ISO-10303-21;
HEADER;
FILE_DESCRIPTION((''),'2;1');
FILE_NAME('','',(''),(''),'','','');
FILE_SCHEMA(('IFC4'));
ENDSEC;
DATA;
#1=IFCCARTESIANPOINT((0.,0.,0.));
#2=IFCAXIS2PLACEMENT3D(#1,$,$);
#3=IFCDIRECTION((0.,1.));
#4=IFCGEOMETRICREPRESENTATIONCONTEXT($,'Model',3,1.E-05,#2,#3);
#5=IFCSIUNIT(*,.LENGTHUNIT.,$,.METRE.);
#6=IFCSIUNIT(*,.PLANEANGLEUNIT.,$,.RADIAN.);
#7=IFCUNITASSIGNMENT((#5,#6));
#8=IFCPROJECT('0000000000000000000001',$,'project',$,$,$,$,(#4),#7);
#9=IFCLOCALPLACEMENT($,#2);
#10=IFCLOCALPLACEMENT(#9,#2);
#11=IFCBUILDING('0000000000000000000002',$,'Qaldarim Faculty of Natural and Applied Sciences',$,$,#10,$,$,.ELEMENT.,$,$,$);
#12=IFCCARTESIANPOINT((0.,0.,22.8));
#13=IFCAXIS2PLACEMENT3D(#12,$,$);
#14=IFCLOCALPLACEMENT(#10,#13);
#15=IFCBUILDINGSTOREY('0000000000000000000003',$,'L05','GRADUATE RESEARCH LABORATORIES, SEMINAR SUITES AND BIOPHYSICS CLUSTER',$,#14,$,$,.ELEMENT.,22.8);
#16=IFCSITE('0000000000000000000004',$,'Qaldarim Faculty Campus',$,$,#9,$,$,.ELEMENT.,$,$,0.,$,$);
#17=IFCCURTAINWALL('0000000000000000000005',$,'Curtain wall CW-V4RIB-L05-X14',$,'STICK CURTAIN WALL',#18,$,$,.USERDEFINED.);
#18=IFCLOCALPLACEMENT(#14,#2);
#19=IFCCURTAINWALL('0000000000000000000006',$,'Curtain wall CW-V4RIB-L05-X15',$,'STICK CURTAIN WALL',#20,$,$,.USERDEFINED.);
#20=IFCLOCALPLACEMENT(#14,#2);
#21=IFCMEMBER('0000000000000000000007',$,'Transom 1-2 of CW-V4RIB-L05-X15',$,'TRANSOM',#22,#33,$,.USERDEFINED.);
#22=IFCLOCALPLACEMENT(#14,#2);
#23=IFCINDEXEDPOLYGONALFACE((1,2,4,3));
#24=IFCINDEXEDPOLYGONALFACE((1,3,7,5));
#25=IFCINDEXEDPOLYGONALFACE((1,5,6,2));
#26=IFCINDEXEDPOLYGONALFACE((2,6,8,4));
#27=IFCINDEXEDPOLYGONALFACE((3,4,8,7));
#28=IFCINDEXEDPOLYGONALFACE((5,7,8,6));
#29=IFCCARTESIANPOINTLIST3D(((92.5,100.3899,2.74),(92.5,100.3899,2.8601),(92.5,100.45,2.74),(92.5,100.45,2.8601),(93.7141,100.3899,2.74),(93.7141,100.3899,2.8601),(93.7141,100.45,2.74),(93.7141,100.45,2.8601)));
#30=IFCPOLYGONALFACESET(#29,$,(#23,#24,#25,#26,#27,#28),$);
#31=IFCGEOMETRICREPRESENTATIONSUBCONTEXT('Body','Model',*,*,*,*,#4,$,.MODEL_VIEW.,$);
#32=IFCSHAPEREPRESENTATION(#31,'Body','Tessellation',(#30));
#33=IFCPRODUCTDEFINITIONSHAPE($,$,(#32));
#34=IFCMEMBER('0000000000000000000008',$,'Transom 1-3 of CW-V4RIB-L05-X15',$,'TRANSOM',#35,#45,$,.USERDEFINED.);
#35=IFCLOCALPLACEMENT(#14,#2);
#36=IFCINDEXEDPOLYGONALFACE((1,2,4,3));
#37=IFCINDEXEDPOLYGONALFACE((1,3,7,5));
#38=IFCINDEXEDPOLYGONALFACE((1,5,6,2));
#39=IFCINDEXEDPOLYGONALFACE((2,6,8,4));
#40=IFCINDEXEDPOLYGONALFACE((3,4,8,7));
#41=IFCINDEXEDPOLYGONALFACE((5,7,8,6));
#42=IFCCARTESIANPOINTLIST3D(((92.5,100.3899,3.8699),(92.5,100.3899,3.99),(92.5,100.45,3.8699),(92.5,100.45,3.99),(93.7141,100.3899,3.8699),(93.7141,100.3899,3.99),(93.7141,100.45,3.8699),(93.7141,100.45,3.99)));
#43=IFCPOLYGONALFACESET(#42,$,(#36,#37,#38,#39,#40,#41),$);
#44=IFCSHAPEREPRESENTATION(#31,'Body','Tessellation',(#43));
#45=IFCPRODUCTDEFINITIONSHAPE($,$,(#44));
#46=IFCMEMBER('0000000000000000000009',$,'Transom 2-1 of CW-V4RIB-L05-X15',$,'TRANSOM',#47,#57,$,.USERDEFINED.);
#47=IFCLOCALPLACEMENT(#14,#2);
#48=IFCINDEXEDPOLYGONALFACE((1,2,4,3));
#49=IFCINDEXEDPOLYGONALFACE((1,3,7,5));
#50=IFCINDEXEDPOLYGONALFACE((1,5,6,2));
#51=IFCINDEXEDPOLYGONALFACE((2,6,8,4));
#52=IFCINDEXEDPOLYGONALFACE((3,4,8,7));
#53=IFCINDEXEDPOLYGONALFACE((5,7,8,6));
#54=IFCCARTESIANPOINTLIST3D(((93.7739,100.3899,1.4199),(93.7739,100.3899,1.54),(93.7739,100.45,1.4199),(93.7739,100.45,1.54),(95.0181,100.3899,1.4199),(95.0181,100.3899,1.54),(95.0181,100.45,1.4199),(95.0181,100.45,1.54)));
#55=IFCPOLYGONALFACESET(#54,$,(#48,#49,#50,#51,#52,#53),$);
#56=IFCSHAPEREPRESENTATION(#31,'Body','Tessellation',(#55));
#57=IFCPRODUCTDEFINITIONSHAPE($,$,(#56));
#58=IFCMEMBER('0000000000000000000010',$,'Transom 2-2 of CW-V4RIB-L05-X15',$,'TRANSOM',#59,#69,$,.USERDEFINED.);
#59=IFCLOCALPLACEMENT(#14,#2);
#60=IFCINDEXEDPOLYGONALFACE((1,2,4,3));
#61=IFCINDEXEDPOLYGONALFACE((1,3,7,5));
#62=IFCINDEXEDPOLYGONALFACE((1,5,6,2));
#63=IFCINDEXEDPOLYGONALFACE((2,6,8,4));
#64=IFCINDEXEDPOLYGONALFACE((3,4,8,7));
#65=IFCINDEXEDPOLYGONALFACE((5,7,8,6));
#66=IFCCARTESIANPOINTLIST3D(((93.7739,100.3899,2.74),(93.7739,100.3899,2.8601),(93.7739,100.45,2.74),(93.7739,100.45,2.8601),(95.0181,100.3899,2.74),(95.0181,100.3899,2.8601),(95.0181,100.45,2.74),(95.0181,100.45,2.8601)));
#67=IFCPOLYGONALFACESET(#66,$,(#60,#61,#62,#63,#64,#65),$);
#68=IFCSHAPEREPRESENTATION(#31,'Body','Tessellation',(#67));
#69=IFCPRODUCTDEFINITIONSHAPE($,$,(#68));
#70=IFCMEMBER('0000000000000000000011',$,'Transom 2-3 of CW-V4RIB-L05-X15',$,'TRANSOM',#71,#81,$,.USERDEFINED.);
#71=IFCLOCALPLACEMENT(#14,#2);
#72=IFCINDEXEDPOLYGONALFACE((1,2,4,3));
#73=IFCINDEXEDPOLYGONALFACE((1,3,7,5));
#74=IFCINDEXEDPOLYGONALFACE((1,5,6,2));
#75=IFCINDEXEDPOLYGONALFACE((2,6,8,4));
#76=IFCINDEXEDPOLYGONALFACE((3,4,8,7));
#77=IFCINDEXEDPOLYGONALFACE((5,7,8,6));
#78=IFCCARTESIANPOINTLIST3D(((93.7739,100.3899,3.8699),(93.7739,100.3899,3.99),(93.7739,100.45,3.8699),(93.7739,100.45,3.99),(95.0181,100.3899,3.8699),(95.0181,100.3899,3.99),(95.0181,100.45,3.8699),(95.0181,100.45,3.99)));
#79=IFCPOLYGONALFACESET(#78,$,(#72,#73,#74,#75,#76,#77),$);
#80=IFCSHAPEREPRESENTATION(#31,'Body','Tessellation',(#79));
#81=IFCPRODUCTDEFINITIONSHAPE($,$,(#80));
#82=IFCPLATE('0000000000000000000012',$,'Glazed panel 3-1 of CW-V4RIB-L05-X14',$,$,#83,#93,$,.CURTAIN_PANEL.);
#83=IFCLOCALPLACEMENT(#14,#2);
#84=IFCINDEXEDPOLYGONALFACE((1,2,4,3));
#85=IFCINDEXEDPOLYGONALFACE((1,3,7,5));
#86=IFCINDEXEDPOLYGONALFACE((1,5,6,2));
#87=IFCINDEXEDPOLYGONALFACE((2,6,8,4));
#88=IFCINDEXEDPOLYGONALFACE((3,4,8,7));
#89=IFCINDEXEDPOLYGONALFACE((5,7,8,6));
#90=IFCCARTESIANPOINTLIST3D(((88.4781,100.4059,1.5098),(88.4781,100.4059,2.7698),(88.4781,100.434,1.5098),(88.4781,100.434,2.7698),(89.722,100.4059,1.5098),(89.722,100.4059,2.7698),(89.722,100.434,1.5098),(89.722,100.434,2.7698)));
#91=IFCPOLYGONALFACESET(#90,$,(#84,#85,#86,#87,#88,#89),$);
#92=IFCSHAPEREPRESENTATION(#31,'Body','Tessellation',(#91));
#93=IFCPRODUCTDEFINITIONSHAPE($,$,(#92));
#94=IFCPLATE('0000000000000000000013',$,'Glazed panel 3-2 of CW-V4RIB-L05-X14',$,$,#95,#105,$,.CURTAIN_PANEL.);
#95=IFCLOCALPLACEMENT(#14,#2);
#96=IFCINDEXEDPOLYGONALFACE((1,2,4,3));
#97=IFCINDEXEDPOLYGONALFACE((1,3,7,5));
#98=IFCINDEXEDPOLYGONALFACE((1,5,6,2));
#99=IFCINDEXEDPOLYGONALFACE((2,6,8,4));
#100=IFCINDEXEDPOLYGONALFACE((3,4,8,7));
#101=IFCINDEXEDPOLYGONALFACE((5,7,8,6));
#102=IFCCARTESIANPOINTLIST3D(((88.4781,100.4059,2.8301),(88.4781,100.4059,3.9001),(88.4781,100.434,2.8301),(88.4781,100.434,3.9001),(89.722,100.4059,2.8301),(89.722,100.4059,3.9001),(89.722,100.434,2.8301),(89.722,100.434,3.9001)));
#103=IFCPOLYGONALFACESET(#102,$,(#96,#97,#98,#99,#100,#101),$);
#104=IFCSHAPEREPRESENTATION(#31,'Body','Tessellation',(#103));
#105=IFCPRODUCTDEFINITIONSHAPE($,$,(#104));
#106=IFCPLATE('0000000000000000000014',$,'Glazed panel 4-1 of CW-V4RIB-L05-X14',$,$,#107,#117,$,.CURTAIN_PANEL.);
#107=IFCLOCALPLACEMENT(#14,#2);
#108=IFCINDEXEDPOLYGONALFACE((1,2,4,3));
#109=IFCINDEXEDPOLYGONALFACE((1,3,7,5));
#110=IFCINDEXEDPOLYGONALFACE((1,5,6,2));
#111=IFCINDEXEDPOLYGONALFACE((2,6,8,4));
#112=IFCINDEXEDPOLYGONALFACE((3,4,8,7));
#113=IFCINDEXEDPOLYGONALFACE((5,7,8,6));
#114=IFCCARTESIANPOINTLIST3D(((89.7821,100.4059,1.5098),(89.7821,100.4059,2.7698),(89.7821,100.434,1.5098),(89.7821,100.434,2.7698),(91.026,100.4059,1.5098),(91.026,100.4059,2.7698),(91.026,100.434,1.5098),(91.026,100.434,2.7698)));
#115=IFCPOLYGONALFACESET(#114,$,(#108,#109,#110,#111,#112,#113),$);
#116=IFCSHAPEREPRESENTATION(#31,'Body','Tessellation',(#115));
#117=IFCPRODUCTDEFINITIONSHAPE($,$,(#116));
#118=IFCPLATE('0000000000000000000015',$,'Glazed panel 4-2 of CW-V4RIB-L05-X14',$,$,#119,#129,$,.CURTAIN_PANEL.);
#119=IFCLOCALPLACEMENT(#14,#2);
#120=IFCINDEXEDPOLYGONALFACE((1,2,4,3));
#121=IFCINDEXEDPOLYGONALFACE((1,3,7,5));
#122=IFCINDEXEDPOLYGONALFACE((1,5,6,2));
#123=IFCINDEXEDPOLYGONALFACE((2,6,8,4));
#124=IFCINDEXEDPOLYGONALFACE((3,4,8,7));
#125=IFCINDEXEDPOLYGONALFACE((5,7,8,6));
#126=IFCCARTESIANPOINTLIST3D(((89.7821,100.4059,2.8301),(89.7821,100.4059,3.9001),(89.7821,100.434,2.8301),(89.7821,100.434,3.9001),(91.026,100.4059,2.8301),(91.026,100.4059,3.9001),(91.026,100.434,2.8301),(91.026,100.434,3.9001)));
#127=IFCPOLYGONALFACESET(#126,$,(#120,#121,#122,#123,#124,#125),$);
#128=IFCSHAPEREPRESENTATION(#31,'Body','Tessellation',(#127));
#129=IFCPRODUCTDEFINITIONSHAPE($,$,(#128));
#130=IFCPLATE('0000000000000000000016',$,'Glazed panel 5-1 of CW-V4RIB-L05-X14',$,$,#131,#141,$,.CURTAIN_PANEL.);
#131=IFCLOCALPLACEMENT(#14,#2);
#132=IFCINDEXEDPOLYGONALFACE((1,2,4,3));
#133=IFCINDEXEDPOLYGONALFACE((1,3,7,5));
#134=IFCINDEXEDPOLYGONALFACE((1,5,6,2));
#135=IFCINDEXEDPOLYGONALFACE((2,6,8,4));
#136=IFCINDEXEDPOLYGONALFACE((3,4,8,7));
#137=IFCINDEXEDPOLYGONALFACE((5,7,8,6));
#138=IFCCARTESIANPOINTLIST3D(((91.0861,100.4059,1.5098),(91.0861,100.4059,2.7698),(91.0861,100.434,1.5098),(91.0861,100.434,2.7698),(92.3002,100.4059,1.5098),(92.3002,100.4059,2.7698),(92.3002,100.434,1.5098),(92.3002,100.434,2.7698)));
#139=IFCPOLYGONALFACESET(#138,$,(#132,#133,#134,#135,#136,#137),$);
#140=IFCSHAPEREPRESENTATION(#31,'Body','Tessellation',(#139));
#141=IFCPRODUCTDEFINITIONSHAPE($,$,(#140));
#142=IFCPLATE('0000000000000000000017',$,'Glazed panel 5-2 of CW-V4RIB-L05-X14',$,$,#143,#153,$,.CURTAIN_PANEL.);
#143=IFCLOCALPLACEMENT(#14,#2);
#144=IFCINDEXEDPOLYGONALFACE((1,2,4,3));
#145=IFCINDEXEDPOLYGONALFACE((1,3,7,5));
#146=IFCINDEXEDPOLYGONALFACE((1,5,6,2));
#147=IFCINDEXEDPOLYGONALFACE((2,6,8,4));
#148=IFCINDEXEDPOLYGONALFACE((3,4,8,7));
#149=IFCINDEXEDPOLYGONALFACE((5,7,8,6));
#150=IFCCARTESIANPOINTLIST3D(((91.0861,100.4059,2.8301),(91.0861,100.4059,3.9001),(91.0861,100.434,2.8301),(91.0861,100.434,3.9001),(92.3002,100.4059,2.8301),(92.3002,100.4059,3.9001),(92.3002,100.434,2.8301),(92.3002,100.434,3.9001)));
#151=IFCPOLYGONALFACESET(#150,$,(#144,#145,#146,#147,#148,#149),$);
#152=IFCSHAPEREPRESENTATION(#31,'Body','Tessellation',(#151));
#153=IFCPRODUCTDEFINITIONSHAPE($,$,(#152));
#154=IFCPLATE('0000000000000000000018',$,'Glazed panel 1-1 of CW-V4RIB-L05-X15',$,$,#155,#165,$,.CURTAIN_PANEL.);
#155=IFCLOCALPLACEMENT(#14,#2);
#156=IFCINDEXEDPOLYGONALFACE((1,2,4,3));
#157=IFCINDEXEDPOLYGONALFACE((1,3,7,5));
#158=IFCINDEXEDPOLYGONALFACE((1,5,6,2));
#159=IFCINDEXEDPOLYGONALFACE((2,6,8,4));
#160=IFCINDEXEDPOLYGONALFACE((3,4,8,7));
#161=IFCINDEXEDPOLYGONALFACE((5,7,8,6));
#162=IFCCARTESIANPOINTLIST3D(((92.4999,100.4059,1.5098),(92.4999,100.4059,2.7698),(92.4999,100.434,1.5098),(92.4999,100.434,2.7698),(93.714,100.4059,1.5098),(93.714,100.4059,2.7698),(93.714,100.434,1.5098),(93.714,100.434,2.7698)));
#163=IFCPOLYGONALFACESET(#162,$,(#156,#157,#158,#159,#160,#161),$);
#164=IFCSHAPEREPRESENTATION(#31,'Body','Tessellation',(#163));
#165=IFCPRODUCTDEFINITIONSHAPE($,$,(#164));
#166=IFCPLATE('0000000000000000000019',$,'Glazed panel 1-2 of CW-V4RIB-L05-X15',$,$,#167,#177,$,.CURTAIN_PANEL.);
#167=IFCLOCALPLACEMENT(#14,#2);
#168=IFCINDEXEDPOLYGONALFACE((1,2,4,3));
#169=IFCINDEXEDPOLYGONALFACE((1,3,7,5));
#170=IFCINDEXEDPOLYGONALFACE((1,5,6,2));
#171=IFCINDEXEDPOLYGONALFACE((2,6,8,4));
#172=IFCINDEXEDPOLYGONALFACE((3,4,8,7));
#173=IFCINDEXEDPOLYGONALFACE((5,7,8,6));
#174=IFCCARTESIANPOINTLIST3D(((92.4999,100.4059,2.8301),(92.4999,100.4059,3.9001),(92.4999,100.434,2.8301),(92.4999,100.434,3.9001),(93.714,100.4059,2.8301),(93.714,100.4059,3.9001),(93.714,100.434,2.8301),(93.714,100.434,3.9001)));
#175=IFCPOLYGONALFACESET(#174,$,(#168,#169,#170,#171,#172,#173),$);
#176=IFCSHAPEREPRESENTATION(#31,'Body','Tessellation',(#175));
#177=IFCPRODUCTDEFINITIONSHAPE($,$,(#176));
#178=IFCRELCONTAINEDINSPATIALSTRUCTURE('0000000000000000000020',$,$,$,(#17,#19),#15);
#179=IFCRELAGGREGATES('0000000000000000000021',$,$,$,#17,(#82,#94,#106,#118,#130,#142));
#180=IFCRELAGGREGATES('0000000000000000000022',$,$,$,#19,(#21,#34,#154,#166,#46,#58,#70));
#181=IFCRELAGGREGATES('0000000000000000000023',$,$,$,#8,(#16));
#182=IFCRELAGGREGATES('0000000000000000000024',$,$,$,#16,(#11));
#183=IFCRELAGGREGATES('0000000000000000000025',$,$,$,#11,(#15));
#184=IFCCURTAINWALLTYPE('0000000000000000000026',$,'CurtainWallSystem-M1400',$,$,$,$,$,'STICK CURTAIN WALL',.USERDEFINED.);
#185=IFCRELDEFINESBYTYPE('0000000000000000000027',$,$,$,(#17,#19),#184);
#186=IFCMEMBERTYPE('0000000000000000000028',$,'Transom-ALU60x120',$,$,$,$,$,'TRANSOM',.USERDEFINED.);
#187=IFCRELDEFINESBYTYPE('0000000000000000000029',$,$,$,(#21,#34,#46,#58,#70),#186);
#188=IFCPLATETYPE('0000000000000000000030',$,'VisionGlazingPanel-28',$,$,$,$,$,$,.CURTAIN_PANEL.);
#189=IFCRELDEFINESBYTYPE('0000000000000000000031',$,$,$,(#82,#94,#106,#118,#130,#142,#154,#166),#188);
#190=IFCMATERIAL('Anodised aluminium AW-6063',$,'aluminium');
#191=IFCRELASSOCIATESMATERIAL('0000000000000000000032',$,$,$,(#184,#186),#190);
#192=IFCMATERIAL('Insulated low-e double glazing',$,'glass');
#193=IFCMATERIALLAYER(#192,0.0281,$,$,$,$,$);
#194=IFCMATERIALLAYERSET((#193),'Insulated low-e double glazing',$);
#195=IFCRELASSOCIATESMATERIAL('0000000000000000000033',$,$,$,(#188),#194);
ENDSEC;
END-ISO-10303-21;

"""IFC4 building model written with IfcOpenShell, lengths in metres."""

from ifc_helpers import new_model, si_unit, direction, frame, origin, origin_2d, place, context, subcontext, project, spatial, rectangle, extrude, material, layer, layer_set, material_profile, profile_set, type_object, element, aggregate, save


model = new_model("IFC4")

# Units and contexts
model_context = context("Model", 3, precision=1e-05, world=origin(), true_north=direction((0.0, 1.0)))
body_context = subcontext(model_context, "Body", "Model", "MODEL_VIEW")
ifc_project = project(units=[si_unit("LENGTHUNIT", "METRE"), si_unit("PLANEANGLEUNIT", "RADIAN")], contexts=[model_context])

# Site, building, storey
site_placement = place(None, origin())
site = spatial("IfcSite", under=ifc_project, at=site_placement, Name="Qaldarim Faculty Campus", CompositionType="ELEMENT", RefElevation=0.0)
building_placement = place(site_placement, origin())
building = spatial("IfcBuilding", under=site, at=building_placement, Name="Qaldarim Faculty of Natural and Applied Sciences", CompositionType="ELEMENT")
storey_placement = place(building_placement, frame((0.0, 0.0, 22.8)))
storey = spatial("IfcBuildingStorey", under=building, at=storey_placement, Name="L05", Description="GRADUATE RESEARCH LABORATORIES, SEMINAR SUITES AND BIOPHYSICS CLUSTER", CompositionType="ELEMENT", Elevation=22.8)

# Curtain walls
ifc_material_1 = material(Name="Anodised aluminium AW-6063", Category="aluminium")
curtain_wall_type = type_object("IfcCurtainWallType", Name="CurtainWallSystem-M1400", ElementType="STICK CURTAIN WALL", PredefinedType="USERDEFINED", material=ifc_material_1)
curtain_wall_1_placement = place(storey_placement, origin())
curtain_wall_1 = element("IfcCurtainWall", 1, at=curtain_wall_1_placement, inside=storey, type_object=curtain_wall_type, Name="Curtain wall CW-V4RIB-L05-X14", ObjectType="STICK CURTAIN WALL", PredefinedType="USERDEFINED")
curtain_wall_2_placement = place(storey_placement, origin())
curtain_wall_2 = element("IfcCurtainWall", 2, at=curtain_wall_2_placement, inside=storey, type_object=curtain_wall_type, Name="Curtain wall CW-V4RIB-L05-X15", ObjectType="STICK CURTAIN WALL", PredefinedType="USERDEFINED")

# Members
ifc_material_profile_1 = material_profile(ifc_material_1, rectangle(XDim=0.0601, YDim=0.1201, at=origin_2d()), Name="ALU-T60x120")
ifc_profile_set_1 = profile_set([ifc_material_profile_1], Name="Anodised aluminium AW-6063")
member_type_1 = type_object("IfcMemberType", Name="Transom-ALU60x120", ElementType="TRANSOM", PredefinedType="USERDEFINED", material=ifc_profile_set_1)
member_1_placement = place(storey_placement, frame((92.5, 100.4199, 2.8), z_axis=(1.0, 0.0, 0.0), x_axis=(0.0, 1.0, 0.0)))
member_1 = element("IfcMember", 3, at=member_1_placement, type_object=member_type_1, Name="Transom 1-2 of CW-V4RIB-L05-X15", ObjectType="TRANSOM", PredefinedType="USERDEFINED", context=body_context, shape_type="SweptSolid", body=[
    extrude(rectangle(XDim=0.0601, YDim=0.1201, at=origin_2d()), origin(), (0.0, 0.0, 1.0), 1.2141),
])
member_2_placement = place(storey_placement, frame((92.5, 100.4199, 3.9299), z_axis=(1.0, 0.0, 0.0), x_axis=(0.0, 1.0, 0.0)))
member_2 = element("IfcMember", 4, at=member_2_placement, type_object=member_type_1, Name="Transom 1-3 of CW-V4RIB-L05-X15", ObjectType="TRANSOM", PredefinedType="USERDEFINED", context=body_context, shape_type="SweptSolid", body=[
    extrude(rectangle(XDim=0.0601, YDim=0.1201, at=origin_2d()), origin(), (0.0, 0.0, 1.0), 1.2141),
])
member_3_placement = place(storey_placement, frame((93.7739, 100.4199, 1.48), z_axis=(1.0, 0.0, 0.0), x_axis=(0.0, 1.0, 0.0)))
member_3 = element("IfcMember", 5, at=member_3_placement, type_object=member_type_1, Name="Transom 2-1 of CW-V4RIB-L05-X15", ObjectType="TRANSOM", PredefinedType="USERDEFINED", context=body_context, shape_type="SweptSolid", body=[
    extrude(rectangle(XDim=0.0601, YDim=0.1201, at=origin_2d()), origin(), (0.0, 0.0, 1.0), 1.2441),
])
member_4_placement = place(storey_placement, frame((93.7739, 100.4199, 2.8), z_axis=(1.0, 0.0, 0.0), x_axis=(0.0, 1.0, 0.0)))
member_4 = element("IfcMember", 6, at=member_4_placement, type_object=member_type_1, Name="Transom 2-2 of CW-V4RIB-L05-X15", ObjectType="TRANSOM", PredefinedType="USERDEFINED", context=body_context, shape_type="SweptSolid", body=[
    extrude(rectangle(XDim=0.0601, YDim=0.1201, at=origin_2d()), origin(), (0.0, 0.0, 1.0), 1.2441),
])
member_5_placement = place(storey_placement, frame((93.7739, 100.4199, 3.9299), z_axis=(1.0, 0.0, 0.0), x_axis=(0.0, 1.0, 0.0)))
member_5 = element("IfcMember", 7, at=member_5_placement, type_object=member_type_1, Name="Transom 2-3 of CW-V4RIB-L05-X15", ObjectType="TRANSOM", PredefinedType="USERDEFINED", context=body_context, shape_type="SweptSolid", body=[
    extrude(rectangle(XDim=0.0601, YDim=0.1201, at=origin_2d()), origin(), (0.0, 0.0, 1.0), 1.2441),
])

# Plates
ifc_material_2 = material(Name="Insulated low-e double glazing", Category="glass")
ifc_layer = layer(ifc_material_2, 0.0281)
ifc_layer_set = layer_set([ifc_layer], Name="Insulated low-e double glazing")
plate_type = type_object("IfcPlateType", Name="VisionGlazingPanel-28", PredefinedType="CURTAIN_PANEL", material=ifc_layer_set)
plate_1_placement = place(storey_placement, frame((89.1001, 100.4199, 1.5098), z_axis=(0.0, 0.0, 1.0), x_axis=(1.0, 0.0, 0.0)))
plate_1 = element("IfcPlate", 8, at=plate_1_placement, type_object=plate_type, Name="Glazed panel 3-1 of CW-V4RIB-L05-X14", PredefinedType="CURTAIN_PANEL", context=body_context, shape_type="SweptSolid", body=[
    extrude(rectangle(XDim=1.2439, YDim=0.0281, at=origin_2d()), origin(), (0.0, 0.0, 1.0), 1.26),
])
plate_2_placement = place(storey_placement, frame((89.1001, 100.4199, 2.8301), z_axis=(0.0, 0.0, 1.0), x_axis=(1.0, 0.0, 0.0)))
plate_2 = element("IfcPlate", 9, at=plate_2_placement, type_object=plate_type, Name="Glazed panel 3-2 of CW-V4RIB-L05-X14", PredefinedType="CURTAIN_PANEL", context=body_context, shape_type="SweptSolid", body=[
    extrude(rectangle(XDim=1.2439, YDim=0.0281, at=origin_2d()), origin(), (0.0, 0.0, 1.0), 1.0701),
])
plate_3_placement = place(storey_placement, frame((90.4041, 100.4199, 1.5098), z_axis=(0.0, 0.0, 1.0), x_axis=(1.0, 0.0, 0.0)))
plate_3 = element("IfcPlate", 10, at=plate_3_placement, type_object=plate_type, Name="Glazed panel 4-1 of CW-V4RIB-L05-X14", PredefinedType="CURTAIN_PANEL", context=body_context, shape_type="SweptSolid", body=[
    extrude(rectangle(XDim=1.2439, YDim=0.0281, at=origin_2d()), origin(), (0.0, 0.0, 1.0), 1.26),
])
plate_4_placement = place(storey_placement, frame((90.4041, 100.4199, 2.8301), z_axis=(0.0, 0.0, 1.0), x_axis=(1.0, 0.0, 0.0)))
plate_4 = element("IfcPlate", 11, at=plate_4_placement, type_object=plate_type, Name="Glazed panel 4-2 of CW-V4RIB-L05-X14", PredefinedType="CURTAIN_PANEL", context=body_context, shape_type="SweptSolid", body=[
    extrude(rectangle(XDim=1.2439, YDim=0.0281, at=origin_2d()), origin(), (0.0, 0.0, 1.0), 1.0701),
])
plate_5_placement = place(storey_placement, frame((91.6931, 100.4199, 1.5098), z_axis=(0.0, 0.0, 1.0), x_axis=(1.0, 0.0, 0.0)))
plate_5 = element("IfcPlate", 12, at=plate_5_placement, type_object=plate_type, Name="Glazed panel 5-1 of CW-V4RIB-L05-X14", PredefinedType="CURTAIN_PANEL", context=body_context, shape_type="SweptSolid", body=[
    extrude(rectangle(XDim=1.2141, YDim=0.0281, at=origin_2d()), origin(), (0.0, 0.0, 1.0), 1.26),
])
plate_6_placement = place(storey_placement, frame((91.6931, 100.4199, 2.8301), z_axis=(0.0, 0.0, 1.0), x_axis=(1.0, 0.0, 0.0)))
plate_6 = element("IfcPlate", 13, at=plate_6_placement, type_object=plate_type, Name="Glazed panel 5-2 of CW-V4RIB-L05-X14", PredefinedType="CURTAIN_PANEL", context=body_context, shape_type="SweptSolid", body=[
    extrude(rectangle(XDim=1.2141, YDim=0.0281, at=origin_2d()), origin(), (0.0, 0.0, 1.0), 1.0701),
])
aggregate(curtain_wall_1, [plate_1, plate_2, plate_3, plate_4, plate_5, plate_6])
plate_7_placement = place(storey_placement, frame((93.1069, 100.4199, 1.5098), z_axis=(0.0, 0.0, 1.0), x_axis=(1.0, 0.0, 0.0)))
plate_7 = element("IfcPlate", 14, at=plate_7_placement, type_object=plate_type, Name="Glazed panel 1-1 of CW-V4RIB-L05-X15", PredefinedType="CURTAIN_PANEL", context=body_context, shape_type="SweptSolid", body=[
    extrude(rectangle(XDim=1.2141, YDim=0.0281, at=origin_2d()), origin(), (0.0, 0.0, 1.0), 1.26),
])
plate_8_placement = place(storey_placement, frame((93.1069, 100.4199, 2.8301), z_axis=(0.0, 0.0, 1.0), x_axis=(1.0, 0.0, 0.0)))
plate_8 = element("IfcPlate", 15, at=plate_8_placement, type_object=plate_type, Name="Glazed panel 1-2 of CW-V4RIB-L05-X15", PredefinedType="CURTAIN_PANEL", context=body_context, shape_type="SweptSolid", body=[
    extrude(rectangle(XDim=1.2141, YDim=0.0281, at=origin_2d()), origin(), (0.0, 0.0, 1.0), 1.0701),
])
aggregate(curtain_wall_2, [member_1, member_2, plate_7, plate_8, member_3, member_4, member_5])

save(model, "model.ifc")
